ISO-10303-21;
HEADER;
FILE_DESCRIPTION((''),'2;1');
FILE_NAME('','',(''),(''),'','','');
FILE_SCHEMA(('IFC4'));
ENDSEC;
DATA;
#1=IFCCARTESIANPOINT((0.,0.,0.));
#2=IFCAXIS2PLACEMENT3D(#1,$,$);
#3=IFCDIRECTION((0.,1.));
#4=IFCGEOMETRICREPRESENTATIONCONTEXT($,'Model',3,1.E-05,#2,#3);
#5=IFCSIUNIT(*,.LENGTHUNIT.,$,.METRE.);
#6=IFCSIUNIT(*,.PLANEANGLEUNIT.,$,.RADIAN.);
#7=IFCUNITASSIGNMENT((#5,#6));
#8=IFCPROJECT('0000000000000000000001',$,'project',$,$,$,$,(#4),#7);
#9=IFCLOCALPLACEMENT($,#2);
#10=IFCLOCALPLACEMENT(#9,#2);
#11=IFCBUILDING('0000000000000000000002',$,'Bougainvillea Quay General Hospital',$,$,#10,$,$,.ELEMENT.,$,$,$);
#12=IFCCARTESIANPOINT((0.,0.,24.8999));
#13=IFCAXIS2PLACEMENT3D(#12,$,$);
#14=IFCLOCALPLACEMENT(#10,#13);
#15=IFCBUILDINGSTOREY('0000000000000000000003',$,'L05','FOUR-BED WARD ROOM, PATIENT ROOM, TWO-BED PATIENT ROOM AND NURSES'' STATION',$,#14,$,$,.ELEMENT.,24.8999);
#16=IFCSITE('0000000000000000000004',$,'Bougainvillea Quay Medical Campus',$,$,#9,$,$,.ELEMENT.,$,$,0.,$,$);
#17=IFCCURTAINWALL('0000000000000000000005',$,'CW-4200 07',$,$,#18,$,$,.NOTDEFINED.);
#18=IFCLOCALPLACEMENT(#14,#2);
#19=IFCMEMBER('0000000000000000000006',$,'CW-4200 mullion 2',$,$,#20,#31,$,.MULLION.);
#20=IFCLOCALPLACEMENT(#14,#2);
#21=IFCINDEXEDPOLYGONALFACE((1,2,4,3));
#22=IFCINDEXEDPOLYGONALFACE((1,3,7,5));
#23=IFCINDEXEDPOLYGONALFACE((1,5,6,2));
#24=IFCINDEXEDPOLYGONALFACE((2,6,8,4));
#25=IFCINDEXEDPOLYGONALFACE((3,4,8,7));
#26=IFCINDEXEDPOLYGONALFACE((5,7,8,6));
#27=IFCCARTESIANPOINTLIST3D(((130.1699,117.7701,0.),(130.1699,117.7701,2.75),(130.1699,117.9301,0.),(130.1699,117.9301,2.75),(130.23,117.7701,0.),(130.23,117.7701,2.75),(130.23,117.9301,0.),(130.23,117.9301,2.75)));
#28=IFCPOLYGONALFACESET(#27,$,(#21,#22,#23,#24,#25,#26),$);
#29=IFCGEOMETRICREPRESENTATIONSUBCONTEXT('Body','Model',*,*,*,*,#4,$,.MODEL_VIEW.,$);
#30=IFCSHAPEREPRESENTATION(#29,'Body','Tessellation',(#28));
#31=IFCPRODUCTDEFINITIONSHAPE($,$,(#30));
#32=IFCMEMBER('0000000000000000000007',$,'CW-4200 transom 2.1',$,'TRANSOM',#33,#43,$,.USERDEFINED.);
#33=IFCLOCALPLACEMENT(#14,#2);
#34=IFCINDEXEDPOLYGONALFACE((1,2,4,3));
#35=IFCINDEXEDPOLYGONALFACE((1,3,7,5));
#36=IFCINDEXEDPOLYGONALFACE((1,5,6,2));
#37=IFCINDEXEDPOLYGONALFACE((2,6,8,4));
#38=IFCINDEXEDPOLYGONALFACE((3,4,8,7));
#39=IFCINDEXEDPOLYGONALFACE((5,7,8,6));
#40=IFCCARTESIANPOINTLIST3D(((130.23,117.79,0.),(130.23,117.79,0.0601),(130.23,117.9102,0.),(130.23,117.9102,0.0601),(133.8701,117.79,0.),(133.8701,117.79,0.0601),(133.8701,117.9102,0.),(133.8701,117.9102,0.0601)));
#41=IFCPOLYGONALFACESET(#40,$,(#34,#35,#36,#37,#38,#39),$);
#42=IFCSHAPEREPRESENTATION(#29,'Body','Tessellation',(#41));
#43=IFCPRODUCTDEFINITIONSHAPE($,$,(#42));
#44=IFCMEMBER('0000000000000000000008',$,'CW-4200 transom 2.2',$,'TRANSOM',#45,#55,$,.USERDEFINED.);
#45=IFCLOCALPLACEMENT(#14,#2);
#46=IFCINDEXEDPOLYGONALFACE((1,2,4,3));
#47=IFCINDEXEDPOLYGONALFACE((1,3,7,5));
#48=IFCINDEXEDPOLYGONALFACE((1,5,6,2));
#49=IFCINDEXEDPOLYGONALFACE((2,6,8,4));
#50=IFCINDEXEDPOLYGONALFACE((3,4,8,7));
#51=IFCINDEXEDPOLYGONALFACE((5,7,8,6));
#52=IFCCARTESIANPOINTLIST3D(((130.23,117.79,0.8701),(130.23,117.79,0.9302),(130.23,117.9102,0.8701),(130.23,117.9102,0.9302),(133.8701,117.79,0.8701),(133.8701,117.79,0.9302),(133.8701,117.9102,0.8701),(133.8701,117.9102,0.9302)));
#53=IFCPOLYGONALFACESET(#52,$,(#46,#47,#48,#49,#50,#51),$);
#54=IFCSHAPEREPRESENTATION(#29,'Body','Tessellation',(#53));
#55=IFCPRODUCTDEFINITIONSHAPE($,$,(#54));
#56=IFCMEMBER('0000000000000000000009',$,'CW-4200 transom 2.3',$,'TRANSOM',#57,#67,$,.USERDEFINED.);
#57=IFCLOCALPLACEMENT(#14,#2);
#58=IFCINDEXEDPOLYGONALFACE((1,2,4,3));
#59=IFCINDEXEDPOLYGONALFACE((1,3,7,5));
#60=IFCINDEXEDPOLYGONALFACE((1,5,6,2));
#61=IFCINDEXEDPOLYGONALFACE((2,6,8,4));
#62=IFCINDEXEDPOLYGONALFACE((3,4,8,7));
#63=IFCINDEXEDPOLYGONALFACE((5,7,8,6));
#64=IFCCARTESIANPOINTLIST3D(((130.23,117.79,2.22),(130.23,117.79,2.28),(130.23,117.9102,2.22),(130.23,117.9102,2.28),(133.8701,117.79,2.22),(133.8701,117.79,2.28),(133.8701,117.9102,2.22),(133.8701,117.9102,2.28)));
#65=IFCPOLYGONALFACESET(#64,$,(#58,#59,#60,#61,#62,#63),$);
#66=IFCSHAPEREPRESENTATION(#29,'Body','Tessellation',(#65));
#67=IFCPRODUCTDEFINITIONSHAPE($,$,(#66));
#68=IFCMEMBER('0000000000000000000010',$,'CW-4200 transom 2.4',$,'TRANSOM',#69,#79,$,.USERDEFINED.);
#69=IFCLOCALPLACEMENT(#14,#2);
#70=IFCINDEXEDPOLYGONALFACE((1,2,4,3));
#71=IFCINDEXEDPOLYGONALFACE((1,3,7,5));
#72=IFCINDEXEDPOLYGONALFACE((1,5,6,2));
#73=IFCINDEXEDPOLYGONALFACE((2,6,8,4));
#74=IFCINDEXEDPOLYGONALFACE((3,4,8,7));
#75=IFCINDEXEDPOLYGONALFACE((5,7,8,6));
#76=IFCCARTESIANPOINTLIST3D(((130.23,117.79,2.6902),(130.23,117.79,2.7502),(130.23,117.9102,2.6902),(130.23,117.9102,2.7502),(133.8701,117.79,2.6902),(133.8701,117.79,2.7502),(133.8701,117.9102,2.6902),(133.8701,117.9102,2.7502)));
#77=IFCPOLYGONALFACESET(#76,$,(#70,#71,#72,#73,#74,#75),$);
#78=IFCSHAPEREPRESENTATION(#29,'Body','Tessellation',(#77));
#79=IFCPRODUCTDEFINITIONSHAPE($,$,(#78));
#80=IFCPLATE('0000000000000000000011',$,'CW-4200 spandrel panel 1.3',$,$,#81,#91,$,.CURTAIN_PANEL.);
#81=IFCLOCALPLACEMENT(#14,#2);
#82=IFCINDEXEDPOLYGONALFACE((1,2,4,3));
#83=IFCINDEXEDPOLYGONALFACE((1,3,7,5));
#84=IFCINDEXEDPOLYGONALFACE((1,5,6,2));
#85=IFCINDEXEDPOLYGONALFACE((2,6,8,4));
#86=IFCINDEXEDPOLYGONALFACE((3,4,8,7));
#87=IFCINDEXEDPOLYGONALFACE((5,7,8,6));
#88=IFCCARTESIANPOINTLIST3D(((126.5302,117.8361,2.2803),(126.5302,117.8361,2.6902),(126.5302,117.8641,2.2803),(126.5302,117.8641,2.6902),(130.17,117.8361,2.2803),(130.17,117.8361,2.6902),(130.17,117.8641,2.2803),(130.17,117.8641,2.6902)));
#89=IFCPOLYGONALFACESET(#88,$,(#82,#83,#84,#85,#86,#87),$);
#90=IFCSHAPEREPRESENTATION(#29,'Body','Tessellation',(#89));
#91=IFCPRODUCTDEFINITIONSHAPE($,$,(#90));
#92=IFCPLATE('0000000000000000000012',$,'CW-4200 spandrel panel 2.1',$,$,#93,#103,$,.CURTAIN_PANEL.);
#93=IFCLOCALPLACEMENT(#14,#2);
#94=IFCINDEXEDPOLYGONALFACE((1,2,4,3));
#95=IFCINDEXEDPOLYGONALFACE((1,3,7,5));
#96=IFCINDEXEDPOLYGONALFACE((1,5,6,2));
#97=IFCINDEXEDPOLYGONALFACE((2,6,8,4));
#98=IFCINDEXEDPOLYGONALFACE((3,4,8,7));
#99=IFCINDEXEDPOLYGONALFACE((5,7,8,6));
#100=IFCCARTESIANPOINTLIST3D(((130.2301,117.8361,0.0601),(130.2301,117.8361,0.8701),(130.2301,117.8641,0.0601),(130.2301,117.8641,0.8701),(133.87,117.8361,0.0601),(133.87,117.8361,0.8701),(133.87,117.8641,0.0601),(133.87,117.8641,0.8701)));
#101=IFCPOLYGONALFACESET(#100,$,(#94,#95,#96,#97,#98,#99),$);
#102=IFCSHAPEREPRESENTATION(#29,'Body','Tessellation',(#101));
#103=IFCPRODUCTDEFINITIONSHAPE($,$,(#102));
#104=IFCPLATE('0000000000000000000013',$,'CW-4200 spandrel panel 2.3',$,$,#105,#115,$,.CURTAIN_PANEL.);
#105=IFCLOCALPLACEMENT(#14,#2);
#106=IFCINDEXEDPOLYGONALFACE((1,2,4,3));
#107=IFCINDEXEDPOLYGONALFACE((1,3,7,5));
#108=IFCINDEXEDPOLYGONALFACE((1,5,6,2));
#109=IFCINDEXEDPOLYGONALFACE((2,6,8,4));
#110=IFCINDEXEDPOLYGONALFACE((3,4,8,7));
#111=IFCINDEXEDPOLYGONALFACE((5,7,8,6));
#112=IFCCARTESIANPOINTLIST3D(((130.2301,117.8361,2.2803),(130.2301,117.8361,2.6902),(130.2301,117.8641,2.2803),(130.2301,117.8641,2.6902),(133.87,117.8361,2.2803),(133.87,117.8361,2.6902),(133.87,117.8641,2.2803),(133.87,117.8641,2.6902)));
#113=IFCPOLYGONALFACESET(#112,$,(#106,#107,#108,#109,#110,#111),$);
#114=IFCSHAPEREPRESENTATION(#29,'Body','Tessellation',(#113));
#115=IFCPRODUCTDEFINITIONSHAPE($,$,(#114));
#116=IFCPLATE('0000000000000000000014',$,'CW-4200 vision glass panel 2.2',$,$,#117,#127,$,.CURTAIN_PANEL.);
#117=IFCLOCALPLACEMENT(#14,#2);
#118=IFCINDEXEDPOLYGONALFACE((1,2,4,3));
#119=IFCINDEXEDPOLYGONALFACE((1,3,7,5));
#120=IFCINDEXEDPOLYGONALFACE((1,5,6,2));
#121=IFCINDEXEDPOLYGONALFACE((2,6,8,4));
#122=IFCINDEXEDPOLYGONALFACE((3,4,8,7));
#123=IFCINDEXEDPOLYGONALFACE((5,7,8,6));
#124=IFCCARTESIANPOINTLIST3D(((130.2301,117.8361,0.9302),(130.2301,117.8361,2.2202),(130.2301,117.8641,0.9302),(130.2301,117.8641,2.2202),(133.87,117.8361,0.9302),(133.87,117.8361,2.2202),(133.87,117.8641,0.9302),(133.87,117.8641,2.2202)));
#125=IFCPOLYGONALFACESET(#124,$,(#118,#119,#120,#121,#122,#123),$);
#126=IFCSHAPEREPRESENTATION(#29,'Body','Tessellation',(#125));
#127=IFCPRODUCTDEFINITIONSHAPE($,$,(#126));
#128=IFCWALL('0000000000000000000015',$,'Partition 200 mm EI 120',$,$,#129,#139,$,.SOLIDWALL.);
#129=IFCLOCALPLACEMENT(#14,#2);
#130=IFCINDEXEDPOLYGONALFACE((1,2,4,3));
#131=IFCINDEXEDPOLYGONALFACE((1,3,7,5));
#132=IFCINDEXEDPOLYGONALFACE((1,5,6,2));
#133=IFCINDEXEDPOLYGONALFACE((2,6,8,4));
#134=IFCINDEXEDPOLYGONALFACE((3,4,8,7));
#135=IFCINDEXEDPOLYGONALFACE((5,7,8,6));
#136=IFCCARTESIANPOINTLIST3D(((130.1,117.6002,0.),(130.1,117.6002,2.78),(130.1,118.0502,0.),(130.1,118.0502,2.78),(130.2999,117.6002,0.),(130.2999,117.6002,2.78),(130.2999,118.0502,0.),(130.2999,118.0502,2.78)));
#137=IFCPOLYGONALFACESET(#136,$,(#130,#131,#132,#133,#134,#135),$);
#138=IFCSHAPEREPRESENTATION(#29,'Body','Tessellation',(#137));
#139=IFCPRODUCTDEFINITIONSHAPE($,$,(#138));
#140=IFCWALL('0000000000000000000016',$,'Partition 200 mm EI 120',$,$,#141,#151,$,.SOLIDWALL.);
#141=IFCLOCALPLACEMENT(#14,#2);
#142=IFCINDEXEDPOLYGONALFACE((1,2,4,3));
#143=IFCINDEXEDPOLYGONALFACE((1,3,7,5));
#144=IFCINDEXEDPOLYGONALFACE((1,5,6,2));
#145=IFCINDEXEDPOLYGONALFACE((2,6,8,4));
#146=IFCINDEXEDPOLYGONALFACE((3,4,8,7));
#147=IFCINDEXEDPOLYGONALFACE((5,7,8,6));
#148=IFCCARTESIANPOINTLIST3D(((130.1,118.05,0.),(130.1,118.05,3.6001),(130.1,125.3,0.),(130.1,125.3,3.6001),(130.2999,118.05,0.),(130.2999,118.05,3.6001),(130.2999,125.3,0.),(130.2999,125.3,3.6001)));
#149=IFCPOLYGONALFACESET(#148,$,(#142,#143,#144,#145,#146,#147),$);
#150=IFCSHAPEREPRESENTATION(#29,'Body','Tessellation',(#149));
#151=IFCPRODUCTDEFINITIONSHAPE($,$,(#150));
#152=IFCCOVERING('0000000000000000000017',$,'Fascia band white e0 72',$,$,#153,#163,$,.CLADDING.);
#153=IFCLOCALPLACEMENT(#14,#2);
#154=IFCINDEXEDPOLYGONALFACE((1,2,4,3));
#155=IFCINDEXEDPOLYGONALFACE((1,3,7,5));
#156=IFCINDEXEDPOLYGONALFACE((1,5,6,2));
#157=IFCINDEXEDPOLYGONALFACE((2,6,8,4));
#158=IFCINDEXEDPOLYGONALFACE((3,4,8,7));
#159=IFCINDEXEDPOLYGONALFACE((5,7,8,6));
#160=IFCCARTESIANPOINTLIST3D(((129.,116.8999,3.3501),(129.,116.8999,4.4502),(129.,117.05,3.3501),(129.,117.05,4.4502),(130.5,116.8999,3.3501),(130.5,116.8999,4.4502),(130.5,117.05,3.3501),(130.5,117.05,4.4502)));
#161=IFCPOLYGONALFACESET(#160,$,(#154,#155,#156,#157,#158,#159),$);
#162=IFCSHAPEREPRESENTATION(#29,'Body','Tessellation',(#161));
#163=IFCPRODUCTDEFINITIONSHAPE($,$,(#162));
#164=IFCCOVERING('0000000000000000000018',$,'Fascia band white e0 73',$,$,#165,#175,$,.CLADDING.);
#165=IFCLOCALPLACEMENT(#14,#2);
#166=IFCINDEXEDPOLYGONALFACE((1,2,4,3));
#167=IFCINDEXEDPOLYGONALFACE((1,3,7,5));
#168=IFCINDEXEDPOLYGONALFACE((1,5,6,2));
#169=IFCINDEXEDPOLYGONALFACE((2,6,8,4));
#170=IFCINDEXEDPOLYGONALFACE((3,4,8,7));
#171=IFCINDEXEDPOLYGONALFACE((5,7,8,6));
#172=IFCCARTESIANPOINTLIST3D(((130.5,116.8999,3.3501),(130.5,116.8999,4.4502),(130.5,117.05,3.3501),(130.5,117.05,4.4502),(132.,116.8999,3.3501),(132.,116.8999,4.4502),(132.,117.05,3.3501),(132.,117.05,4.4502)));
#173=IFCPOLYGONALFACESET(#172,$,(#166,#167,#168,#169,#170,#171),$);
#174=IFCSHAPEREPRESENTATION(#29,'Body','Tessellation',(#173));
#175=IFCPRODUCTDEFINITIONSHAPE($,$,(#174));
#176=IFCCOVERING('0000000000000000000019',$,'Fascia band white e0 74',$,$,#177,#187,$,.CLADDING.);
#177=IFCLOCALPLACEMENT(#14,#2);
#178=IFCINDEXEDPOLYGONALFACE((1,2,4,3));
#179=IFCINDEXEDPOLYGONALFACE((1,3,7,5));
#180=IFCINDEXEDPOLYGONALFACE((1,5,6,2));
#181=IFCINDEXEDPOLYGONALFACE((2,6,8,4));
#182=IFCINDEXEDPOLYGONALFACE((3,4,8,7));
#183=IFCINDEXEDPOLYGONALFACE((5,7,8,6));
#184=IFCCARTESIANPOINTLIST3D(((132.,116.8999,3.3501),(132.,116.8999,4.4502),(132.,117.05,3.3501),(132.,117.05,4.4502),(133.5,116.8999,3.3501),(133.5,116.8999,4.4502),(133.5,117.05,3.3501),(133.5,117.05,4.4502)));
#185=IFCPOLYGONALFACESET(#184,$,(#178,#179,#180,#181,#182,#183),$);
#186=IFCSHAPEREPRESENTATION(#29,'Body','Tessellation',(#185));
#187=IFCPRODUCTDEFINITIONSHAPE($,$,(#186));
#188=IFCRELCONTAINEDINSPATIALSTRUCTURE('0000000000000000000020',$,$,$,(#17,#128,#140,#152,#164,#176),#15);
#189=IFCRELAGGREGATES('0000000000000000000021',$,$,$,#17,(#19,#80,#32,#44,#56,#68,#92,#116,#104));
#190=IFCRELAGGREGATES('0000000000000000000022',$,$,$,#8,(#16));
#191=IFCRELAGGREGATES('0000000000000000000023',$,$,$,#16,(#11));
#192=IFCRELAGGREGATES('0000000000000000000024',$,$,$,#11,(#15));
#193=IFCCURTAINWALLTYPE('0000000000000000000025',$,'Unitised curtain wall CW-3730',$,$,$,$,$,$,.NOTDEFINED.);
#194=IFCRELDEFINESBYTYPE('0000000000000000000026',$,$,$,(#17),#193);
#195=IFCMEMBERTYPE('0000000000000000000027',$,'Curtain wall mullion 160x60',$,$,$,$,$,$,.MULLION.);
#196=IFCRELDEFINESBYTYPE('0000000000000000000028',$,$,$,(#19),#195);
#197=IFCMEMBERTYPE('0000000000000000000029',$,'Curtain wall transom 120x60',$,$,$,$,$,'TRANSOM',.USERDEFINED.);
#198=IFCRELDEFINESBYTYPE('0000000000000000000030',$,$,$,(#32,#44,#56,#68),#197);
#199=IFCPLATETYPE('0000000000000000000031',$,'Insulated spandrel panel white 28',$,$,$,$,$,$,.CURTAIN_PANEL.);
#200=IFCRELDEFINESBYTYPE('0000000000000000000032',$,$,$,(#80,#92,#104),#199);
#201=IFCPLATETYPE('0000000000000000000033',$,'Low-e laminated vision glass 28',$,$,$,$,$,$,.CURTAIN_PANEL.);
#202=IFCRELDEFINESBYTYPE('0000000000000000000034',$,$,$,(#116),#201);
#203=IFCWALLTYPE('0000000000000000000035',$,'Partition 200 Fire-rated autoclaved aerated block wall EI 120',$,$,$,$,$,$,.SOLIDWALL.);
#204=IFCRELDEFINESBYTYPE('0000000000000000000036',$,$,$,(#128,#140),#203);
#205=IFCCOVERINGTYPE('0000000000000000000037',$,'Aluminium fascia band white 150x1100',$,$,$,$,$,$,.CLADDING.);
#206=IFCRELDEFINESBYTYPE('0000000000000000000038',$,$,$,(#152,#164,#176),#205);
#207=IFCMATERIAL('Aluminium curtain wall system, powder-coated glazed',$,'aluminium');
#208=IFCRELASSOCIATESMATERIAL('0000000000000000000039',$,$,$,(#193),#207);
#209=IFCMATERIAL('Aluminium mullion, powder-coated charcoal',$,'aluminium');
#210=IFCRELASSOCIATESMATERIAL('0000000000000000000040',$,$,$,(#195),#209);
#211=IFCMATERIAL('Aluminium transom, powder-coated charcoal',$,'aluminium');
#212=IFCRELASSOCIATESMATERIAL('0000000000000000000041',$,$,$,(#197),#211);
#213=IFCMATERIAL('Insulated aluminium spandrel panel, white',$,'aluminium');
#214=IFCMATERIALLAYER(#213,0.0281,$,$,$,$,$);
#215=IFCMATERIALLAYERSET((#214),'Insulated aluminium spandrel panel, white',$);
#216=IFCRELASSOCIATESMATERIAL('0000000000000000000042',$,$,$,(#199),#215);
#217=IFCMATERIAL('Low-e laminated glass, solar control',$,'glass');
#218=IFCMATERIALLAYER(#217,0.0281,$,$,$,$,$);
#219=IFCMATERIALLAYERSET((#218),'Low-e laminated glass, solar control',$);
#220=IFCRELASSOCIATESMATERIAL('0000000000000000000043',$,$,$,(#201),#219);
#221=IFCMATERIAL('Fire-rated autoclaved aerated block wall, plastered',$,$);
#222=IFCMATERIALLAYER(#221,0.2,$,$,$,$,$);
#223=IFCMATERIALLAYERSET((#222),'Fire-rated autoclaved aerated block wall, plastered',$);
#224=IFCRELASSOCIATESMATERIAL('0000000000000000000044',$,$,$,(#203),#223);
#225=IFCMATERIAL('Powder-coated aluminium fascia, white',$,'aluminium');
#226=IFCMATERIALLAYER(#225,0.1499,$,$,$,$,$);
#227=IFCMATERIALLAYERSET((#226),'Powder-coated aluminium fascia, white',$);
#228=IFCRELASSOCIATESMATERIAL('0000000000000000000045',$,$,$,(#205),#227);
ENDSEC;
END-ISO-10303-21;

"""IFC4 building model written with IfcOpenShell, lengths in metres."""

from ifc_helpers import new_model, si_unit, direction, frame, frame_2d, origin, origin_2d, place, context, subcontext, project, spatial, polyline, rectangle, outline, extrude, material, layer, layer_set, material_profile, profile_set, type_object, element, aggregate, save


model = new_model("IFC4")

# Units and contexts
model_context = context("Model", 3, precision=1e-05, world=origin(), true_north=direction((0.0, 1.0)))
body_context = subcontext(model_context, "Body", "Model", "MODEL_VIEW")
ifc_project = project(units=[si_unit("LENGTHUNIT", "METRE"), si_unit("PLANEANGLEUNIT", "RADIAN")], contexts=[model_context])

# Site, building, storey
site_placement = place(None, origin())
site = spatial("IfcSite", under=ifc_project, at=site_placement, Name="Bougainvillea Quay Medical Campus", CompositionType="ELEMENT", RefElevation=0.0)
building_placement = place(site_placement, origin())
building = spatial("IfcBuilding", under=site, at=building_placement, Name="Bougainvillea Quay General Hospital", CompositionType="ELEMENT")
storey_placement = place(building_placement, frame((0.0, 0.0, 24.8999)))
storey = spatial("IfcBuildingStorey", under=building, at=storey_placement, Name="L05", Description="FOUR-BED WARD ROOM, PATIENT ROOM, TWO-BED PATIENT ROOM AND NURSES' STATION", CompositionType="ELEMENT", Elevation=24.8999)

# Curtain wall, members, plates
ifc_material_1 = material(Name="Aluminium curtain wall system, powder-coated glazed", Category="aluminium")
curtain_wall_type = type_object("IfcCurtainWallType", Name="Unitised curtain wall CW-3730", PredefinedType="NOTDEFINED", material=ifc_material_1)
curtain_wall_placement = place(storey_placement, origin())
curtain_wall = element("IfcCurtainWall", 1, at=curtain_wall_placement, inside=storey, type_object=curtain_wall_type, Name="CW-4200 07", PredefinedType="NOTDEFINED")
ifc_material_2 = material(Name="Aluminium mullion, powder-coated charcoal", Category="aluminium")
ifc_material_profile_1 = material_profile(ifc_material_2, rectangle(XDim=0.1599, YDim=0.0601, at=origin_2d()))
ifc_profile_set_1 = profile_set([ifc_material_profile_1], Name="Aluminium mullion, powder-coated charcoal")
member_type_1 = type_object("IfcMemberType", Name="Curtain wall mullion 160x60", PredefinedType="MULLION", material=ifc_profile_set_1)
member_1_placement = place(storey_placement, frame((130.2, 117.8501, 0.0), z_axis=(0.0, 0.0, 1.0), x_axis=(0.0, 1.0, 0.0)))
member_1 = element("IfcMember", 2, at=member_1_placement, type_object=member_type_1, Name="CW-4200 mullion 2", PredefinedType="MULLION", context=body_context, shape_type="SweptSolid", body=[
    extrude(rectangle(XDim=0.1599, YDim=0.0601, at=origin_2d()), origin(), (0.0, 0.0, 1.0), 2.75),
])
ifc_material_3 = material(Name="Aluminium transom, powder-coated charcoal", Category="aluminium")
ifc_material_profile_2 = material_profile(ifc_material_3, rectangle(XDim=0.1201, YDim=0.0601, at=origin_2d()))
ifc_profile_set_2 = profile_set([ifc_material_profile_2], Name="Aluminium transom, powder-coated charcoal")
member_type_2 = type_object("IfcMemberType", Name="Curtain wall transom 120x60", ElementType="TRANSOM", PredefinedType="USERDEFINED", material=ifc_profile_set_2)
member_2_placement = place(storey_placement, frame((130.23, 117.8501, 0.03), z_axis=(1.0, 0.0, 0.0), x_axis=(0.0, 1.0, 0.0)))
member_2 = element("IfcMember", 3, at=member_2_placement, type_object=member_type_2, Name="CW-4200 transom 2.1", ObjectType="TRANSOM", PredefinedType="USERDEFINED", context=body_context, shape_type="SweptSolid", body=[
    extrude(rectangle(XDim=0.1201, YDim=0.0601, at=origin_2d()), origin(), (0.0, 0.0, 1.0), 3.6401),
])
member_3_placement = place(storey_placement, frame((130.23, 117.8501, 0.9001), z_axis=(1.0, 0.0, 0.0), x_axis=(0.0, 1.0, 0.0)))
member_3 = element("IfcMember", 4, at=member_3_placement, type_object=member_type_2, Name="CW-4200 transom 2.2", ObjectType="TRANSOM", PredefinedType="USERDEFINED", context=body_context, shape_type="SweptSolid", body=[
    extrude(rectangle(XDim=0.1201, YDim=0.0601, at=origin_2d()), origin(), (0.0, 0.0, 1.0), 3.6401),
])
member_4_placement = place(storey_placement, frame((130.23, 117.8501, 2.25), z_axis=(1.0, 0.0, 0.0), x_axis=(0.0, 1.0, 0.0)))
member_4 = element("IfcMember", 5, at=member_4_placement, type_object=member_type_2, Name="CW-4200 transom 2.3", ObjectType="TRANSOM", PredefinedType="USERDEFINED", context=body_context, shape_type="SweptSolid", body=[
    extrude(rectangle(XDim=0.1201, YDim=0.0601, at=origin_2d()), origin(), (0.0, 0.0, 1.0), 3.6401),
])
member_5_placement = place(storey_placement, frame((130.23, 117.8501, 2.7202), z_axis=(1.0, 0.0, 0.0), x_axis=(0.0, 1.0, 0.0)))
member_5 = element("IfcMember", 6, at=member_5_placement, type_object=member_type_2, Name="CW-4200 transom 2.4", ObjectType="TRANSOM", PredefinedType="USERDEFINED", context=body_context, shape_type="SweptSolid", body=[
    extrude(rectangle(XDim=0.1201, YDim=0.0601, at=origin_2d()), origin(), (0.0, 0.0, 1.0), 3.6401),
])
ifc_material_4 = material(Name="Insulated aluminium spandrel panel, white", Category="aluminium")
ifc_layer_1 = layer(ifc_material_4, 0.0281)
ifc_layer_set_1 = layer_set([ifc_layer_1], Name="Insulated aluminium spandrel panel, white")
plate_type_1 = type_object("IfcPlateType", Name="Insulated spandrel panel white 28", PredefinedType="CURTAIN_PANEL", material=ifc_layer_set_1)
plate_1_placement = place(storey_placement, frame((128.3501, 117.8501, 2.2803), z_axis=(0.0, 0.0, 1.0), x_axis=(1.0, 0.0, 0.0)))
plate_1 = element("IfcPlate", 7, at=plate_1_placement, type_object=plate_type_1, Name="CW-4200 spandrel panel 1.3", PredefinedType="CURTAIN_PANEL", context=body_context, shape_type="SweptSolid", body=[
    extrude(rectangle(XDim=3.6399, YDim=0.0281, at=origin_2d()), origin(), (0.0, 0.0, 1.0), 0.4099),
])
plate_2_placement = place(storey_placement, frame((132.05, 117.8501, 0.0601), z_axis=(0.0, 0.0, 1.0), x_axis=(1.0, 0.0, 0.0)))
plate_2 = element("IfcPlate", 8, at=plate_2_placement, type_object=plate_type_1, Name="CW-4200 spandrel panel 2.1", PredefinedType="CURTAIN_PANEL", context=body_context, shape_type="SweptSolid", body=[
    extrude(rectangle(XDim=3.6399, YDim=0.0281, at=origin_2d()), origin(), (0.0, 0.0, 1.0), 0.8101),
])
plate_3_placement = place(storey_placement, frame((132.05, 117.8501, 2.2803), z_axis=(0.0, 0.0, 1.0), x_axis=(1.0, 0.0, 0.0)))
plate_3 = element("IfcPlate", 9, at=plate_3_placement, type_object=plate_type_1, Name="CW-4200 spandrel panel 2.3", PredefinedType="CURTAIN_PANEL", context=body_context, shape_type="SweptSolid", body=[
    extrude(rectangle(XDim=3.6399, YDim=0.0281, at=origin_2d()), origin(), (0.0, 0.0, 1.0), 0.4099),
])
ifc_material_5 = material(Name="Low-e laminated glass, solar control", Category="glass")
ifc_layer_2 = layer(ifc_material_5, 0.0281)
ifc_layer_set_2 = layer_set([ifc_layer_2], Name="Low-e laminated glass, solar control")
plate_type_2 = type_object("IfcPlateType", Name="Low-e laminated vision glass 28", PredefinedType="CURTAIN_PANEL", material=ifc_layer_set_2)
plate_4_placement = place(storey_placement, frame((132.05, 117.8501, 0.9302), z_axis=(0.0, 0.0, 1.0), x_axis=(1.0, 0.0, 0.0)))
plate_4 = element("IfcPlate", 10, at=plate_4_placement, type_object=plate_type_2, Name="CW-4200 vision glass panel 2.2", PredefinedType="CURTAIN_PANEL", context=body_context, shape_type="SweptSolid", body=[
    extrude(rectangle(XDim=3.6399, YDim=0.0281, at=origin_2d()), origin(), (0.0, 0.0, 1.0), 1.29),
])
aggregate(curtain_wall, [member_1, plate_1, member_2, member_3, member_4, member_5, plate_2, plate_4, plate_3])

# Walls
ifc_material_6 = material(Name="Fire-rated autoclaved aerated block wall, plastered")
ifc_layer_3 = layer(ifc_material_6, 0.2)
ifc_layer_set_3 = layer_set([ifc_layer_3], Name="Fire-rated autoclaved aerated block wall, plastered")
wall_type = type_object("IfcWallType", Name="Partition 200 Fire-rated autoclaved aerated block wall EI 120", PredefinedType="SOLIDWALL", material=ifc_layer_set_3)
wall_1_placement = place(storey_placement, frame((130.2, 117.6001, 0.0), z_axis=(0.0, 0.0, 1.0), x_axis=(0.0, 1.0, 0.0)))
element("IfcWall", 11, at=wall_1_placement, inside=storey, type_object=wall_type, Name="Partition 200 mm EI 120", PredefinedType="SOLIDWALL", context=body_context, shape_type="SweptSolid", body=[
    extrude(rectangle(XDim=0.45, YDim=0.2, at=frame_2d((0.2251, 0.0))), origin(), (0.0, 0.0, 1.0), 2.78),
])
wall_2_placement = place(storey_placement, frame((130.2, 118.05, 0.0), z_axis=(0.0, 0.0, 1.0), x_axis=(0.0, 1.0, 0.0)))
element("IfcWall", 12, at=wall_2_placement, inside=storey, type_object=wall_type, Name="Partition 200 mm EI 120", PredefinedType="SOLIDWALL", context=body_context, shape_type="SweptSolid", body=[
    extrude(rectangle(XDim=7.25, YDim=0.2, at=frame_2d((3.625, 0.0))), origin(), (0.0, 0.0, 1.0), 3.6001),
])

# Coverings
ifc_material_7 = material(Name="Powder-coated aluminium fascia, white", Category="aluminium")
ifc_layer_4 = layer(ifc_material_7, 0.1499)
ifc_layer_set_4 = layer_set([ifc_layer_4], Name="Powder-coated aluminium fascia, white")
covering_type = type_object("IfcCoveringType", Name="Aluminium fascia band white 150x1100", PredefinedType="CLADDING", material=ifc_layer_set_4)
for number, where, z_axis, x_axis, name in (
    (13, (129.0, 117.05, 3.3501), (0.0, 0.0, 1.0), (1.0, 0.0, 0.0), "Fascia band white e0 72"),
    (14, (130.5, 117.05, 3.3501), (0.0, 0.0, 1.0), (1.0, 0.0, 0.0), "Fascia band white e0 73"),
    (15, (132.0, 117.05, 3.3501), (0.0, 0.0, 1.0), (1.0, 0.0, 0.0), "Fascia band white e0 74"),
):
    element("IfcCovering", number, at=place(storey_placement, frame(where, z_axis=z_axis, x_axis=x_axis)), inside=storey, type_object=covering_type, Name=name, PredefinedType="CLADDING", context=body_context, shape_type="SweptSolid", body=[
        extrude(outline(polyline([(0.0, 0.0), (1.5, 0.0), (1.5, -0.1501), (0.0, -0.1501), (0.0, 0.0)])), origin(), (0.0, 0.0, 1.0), 1.1001),
    ])

save(model, "model.ifc")
